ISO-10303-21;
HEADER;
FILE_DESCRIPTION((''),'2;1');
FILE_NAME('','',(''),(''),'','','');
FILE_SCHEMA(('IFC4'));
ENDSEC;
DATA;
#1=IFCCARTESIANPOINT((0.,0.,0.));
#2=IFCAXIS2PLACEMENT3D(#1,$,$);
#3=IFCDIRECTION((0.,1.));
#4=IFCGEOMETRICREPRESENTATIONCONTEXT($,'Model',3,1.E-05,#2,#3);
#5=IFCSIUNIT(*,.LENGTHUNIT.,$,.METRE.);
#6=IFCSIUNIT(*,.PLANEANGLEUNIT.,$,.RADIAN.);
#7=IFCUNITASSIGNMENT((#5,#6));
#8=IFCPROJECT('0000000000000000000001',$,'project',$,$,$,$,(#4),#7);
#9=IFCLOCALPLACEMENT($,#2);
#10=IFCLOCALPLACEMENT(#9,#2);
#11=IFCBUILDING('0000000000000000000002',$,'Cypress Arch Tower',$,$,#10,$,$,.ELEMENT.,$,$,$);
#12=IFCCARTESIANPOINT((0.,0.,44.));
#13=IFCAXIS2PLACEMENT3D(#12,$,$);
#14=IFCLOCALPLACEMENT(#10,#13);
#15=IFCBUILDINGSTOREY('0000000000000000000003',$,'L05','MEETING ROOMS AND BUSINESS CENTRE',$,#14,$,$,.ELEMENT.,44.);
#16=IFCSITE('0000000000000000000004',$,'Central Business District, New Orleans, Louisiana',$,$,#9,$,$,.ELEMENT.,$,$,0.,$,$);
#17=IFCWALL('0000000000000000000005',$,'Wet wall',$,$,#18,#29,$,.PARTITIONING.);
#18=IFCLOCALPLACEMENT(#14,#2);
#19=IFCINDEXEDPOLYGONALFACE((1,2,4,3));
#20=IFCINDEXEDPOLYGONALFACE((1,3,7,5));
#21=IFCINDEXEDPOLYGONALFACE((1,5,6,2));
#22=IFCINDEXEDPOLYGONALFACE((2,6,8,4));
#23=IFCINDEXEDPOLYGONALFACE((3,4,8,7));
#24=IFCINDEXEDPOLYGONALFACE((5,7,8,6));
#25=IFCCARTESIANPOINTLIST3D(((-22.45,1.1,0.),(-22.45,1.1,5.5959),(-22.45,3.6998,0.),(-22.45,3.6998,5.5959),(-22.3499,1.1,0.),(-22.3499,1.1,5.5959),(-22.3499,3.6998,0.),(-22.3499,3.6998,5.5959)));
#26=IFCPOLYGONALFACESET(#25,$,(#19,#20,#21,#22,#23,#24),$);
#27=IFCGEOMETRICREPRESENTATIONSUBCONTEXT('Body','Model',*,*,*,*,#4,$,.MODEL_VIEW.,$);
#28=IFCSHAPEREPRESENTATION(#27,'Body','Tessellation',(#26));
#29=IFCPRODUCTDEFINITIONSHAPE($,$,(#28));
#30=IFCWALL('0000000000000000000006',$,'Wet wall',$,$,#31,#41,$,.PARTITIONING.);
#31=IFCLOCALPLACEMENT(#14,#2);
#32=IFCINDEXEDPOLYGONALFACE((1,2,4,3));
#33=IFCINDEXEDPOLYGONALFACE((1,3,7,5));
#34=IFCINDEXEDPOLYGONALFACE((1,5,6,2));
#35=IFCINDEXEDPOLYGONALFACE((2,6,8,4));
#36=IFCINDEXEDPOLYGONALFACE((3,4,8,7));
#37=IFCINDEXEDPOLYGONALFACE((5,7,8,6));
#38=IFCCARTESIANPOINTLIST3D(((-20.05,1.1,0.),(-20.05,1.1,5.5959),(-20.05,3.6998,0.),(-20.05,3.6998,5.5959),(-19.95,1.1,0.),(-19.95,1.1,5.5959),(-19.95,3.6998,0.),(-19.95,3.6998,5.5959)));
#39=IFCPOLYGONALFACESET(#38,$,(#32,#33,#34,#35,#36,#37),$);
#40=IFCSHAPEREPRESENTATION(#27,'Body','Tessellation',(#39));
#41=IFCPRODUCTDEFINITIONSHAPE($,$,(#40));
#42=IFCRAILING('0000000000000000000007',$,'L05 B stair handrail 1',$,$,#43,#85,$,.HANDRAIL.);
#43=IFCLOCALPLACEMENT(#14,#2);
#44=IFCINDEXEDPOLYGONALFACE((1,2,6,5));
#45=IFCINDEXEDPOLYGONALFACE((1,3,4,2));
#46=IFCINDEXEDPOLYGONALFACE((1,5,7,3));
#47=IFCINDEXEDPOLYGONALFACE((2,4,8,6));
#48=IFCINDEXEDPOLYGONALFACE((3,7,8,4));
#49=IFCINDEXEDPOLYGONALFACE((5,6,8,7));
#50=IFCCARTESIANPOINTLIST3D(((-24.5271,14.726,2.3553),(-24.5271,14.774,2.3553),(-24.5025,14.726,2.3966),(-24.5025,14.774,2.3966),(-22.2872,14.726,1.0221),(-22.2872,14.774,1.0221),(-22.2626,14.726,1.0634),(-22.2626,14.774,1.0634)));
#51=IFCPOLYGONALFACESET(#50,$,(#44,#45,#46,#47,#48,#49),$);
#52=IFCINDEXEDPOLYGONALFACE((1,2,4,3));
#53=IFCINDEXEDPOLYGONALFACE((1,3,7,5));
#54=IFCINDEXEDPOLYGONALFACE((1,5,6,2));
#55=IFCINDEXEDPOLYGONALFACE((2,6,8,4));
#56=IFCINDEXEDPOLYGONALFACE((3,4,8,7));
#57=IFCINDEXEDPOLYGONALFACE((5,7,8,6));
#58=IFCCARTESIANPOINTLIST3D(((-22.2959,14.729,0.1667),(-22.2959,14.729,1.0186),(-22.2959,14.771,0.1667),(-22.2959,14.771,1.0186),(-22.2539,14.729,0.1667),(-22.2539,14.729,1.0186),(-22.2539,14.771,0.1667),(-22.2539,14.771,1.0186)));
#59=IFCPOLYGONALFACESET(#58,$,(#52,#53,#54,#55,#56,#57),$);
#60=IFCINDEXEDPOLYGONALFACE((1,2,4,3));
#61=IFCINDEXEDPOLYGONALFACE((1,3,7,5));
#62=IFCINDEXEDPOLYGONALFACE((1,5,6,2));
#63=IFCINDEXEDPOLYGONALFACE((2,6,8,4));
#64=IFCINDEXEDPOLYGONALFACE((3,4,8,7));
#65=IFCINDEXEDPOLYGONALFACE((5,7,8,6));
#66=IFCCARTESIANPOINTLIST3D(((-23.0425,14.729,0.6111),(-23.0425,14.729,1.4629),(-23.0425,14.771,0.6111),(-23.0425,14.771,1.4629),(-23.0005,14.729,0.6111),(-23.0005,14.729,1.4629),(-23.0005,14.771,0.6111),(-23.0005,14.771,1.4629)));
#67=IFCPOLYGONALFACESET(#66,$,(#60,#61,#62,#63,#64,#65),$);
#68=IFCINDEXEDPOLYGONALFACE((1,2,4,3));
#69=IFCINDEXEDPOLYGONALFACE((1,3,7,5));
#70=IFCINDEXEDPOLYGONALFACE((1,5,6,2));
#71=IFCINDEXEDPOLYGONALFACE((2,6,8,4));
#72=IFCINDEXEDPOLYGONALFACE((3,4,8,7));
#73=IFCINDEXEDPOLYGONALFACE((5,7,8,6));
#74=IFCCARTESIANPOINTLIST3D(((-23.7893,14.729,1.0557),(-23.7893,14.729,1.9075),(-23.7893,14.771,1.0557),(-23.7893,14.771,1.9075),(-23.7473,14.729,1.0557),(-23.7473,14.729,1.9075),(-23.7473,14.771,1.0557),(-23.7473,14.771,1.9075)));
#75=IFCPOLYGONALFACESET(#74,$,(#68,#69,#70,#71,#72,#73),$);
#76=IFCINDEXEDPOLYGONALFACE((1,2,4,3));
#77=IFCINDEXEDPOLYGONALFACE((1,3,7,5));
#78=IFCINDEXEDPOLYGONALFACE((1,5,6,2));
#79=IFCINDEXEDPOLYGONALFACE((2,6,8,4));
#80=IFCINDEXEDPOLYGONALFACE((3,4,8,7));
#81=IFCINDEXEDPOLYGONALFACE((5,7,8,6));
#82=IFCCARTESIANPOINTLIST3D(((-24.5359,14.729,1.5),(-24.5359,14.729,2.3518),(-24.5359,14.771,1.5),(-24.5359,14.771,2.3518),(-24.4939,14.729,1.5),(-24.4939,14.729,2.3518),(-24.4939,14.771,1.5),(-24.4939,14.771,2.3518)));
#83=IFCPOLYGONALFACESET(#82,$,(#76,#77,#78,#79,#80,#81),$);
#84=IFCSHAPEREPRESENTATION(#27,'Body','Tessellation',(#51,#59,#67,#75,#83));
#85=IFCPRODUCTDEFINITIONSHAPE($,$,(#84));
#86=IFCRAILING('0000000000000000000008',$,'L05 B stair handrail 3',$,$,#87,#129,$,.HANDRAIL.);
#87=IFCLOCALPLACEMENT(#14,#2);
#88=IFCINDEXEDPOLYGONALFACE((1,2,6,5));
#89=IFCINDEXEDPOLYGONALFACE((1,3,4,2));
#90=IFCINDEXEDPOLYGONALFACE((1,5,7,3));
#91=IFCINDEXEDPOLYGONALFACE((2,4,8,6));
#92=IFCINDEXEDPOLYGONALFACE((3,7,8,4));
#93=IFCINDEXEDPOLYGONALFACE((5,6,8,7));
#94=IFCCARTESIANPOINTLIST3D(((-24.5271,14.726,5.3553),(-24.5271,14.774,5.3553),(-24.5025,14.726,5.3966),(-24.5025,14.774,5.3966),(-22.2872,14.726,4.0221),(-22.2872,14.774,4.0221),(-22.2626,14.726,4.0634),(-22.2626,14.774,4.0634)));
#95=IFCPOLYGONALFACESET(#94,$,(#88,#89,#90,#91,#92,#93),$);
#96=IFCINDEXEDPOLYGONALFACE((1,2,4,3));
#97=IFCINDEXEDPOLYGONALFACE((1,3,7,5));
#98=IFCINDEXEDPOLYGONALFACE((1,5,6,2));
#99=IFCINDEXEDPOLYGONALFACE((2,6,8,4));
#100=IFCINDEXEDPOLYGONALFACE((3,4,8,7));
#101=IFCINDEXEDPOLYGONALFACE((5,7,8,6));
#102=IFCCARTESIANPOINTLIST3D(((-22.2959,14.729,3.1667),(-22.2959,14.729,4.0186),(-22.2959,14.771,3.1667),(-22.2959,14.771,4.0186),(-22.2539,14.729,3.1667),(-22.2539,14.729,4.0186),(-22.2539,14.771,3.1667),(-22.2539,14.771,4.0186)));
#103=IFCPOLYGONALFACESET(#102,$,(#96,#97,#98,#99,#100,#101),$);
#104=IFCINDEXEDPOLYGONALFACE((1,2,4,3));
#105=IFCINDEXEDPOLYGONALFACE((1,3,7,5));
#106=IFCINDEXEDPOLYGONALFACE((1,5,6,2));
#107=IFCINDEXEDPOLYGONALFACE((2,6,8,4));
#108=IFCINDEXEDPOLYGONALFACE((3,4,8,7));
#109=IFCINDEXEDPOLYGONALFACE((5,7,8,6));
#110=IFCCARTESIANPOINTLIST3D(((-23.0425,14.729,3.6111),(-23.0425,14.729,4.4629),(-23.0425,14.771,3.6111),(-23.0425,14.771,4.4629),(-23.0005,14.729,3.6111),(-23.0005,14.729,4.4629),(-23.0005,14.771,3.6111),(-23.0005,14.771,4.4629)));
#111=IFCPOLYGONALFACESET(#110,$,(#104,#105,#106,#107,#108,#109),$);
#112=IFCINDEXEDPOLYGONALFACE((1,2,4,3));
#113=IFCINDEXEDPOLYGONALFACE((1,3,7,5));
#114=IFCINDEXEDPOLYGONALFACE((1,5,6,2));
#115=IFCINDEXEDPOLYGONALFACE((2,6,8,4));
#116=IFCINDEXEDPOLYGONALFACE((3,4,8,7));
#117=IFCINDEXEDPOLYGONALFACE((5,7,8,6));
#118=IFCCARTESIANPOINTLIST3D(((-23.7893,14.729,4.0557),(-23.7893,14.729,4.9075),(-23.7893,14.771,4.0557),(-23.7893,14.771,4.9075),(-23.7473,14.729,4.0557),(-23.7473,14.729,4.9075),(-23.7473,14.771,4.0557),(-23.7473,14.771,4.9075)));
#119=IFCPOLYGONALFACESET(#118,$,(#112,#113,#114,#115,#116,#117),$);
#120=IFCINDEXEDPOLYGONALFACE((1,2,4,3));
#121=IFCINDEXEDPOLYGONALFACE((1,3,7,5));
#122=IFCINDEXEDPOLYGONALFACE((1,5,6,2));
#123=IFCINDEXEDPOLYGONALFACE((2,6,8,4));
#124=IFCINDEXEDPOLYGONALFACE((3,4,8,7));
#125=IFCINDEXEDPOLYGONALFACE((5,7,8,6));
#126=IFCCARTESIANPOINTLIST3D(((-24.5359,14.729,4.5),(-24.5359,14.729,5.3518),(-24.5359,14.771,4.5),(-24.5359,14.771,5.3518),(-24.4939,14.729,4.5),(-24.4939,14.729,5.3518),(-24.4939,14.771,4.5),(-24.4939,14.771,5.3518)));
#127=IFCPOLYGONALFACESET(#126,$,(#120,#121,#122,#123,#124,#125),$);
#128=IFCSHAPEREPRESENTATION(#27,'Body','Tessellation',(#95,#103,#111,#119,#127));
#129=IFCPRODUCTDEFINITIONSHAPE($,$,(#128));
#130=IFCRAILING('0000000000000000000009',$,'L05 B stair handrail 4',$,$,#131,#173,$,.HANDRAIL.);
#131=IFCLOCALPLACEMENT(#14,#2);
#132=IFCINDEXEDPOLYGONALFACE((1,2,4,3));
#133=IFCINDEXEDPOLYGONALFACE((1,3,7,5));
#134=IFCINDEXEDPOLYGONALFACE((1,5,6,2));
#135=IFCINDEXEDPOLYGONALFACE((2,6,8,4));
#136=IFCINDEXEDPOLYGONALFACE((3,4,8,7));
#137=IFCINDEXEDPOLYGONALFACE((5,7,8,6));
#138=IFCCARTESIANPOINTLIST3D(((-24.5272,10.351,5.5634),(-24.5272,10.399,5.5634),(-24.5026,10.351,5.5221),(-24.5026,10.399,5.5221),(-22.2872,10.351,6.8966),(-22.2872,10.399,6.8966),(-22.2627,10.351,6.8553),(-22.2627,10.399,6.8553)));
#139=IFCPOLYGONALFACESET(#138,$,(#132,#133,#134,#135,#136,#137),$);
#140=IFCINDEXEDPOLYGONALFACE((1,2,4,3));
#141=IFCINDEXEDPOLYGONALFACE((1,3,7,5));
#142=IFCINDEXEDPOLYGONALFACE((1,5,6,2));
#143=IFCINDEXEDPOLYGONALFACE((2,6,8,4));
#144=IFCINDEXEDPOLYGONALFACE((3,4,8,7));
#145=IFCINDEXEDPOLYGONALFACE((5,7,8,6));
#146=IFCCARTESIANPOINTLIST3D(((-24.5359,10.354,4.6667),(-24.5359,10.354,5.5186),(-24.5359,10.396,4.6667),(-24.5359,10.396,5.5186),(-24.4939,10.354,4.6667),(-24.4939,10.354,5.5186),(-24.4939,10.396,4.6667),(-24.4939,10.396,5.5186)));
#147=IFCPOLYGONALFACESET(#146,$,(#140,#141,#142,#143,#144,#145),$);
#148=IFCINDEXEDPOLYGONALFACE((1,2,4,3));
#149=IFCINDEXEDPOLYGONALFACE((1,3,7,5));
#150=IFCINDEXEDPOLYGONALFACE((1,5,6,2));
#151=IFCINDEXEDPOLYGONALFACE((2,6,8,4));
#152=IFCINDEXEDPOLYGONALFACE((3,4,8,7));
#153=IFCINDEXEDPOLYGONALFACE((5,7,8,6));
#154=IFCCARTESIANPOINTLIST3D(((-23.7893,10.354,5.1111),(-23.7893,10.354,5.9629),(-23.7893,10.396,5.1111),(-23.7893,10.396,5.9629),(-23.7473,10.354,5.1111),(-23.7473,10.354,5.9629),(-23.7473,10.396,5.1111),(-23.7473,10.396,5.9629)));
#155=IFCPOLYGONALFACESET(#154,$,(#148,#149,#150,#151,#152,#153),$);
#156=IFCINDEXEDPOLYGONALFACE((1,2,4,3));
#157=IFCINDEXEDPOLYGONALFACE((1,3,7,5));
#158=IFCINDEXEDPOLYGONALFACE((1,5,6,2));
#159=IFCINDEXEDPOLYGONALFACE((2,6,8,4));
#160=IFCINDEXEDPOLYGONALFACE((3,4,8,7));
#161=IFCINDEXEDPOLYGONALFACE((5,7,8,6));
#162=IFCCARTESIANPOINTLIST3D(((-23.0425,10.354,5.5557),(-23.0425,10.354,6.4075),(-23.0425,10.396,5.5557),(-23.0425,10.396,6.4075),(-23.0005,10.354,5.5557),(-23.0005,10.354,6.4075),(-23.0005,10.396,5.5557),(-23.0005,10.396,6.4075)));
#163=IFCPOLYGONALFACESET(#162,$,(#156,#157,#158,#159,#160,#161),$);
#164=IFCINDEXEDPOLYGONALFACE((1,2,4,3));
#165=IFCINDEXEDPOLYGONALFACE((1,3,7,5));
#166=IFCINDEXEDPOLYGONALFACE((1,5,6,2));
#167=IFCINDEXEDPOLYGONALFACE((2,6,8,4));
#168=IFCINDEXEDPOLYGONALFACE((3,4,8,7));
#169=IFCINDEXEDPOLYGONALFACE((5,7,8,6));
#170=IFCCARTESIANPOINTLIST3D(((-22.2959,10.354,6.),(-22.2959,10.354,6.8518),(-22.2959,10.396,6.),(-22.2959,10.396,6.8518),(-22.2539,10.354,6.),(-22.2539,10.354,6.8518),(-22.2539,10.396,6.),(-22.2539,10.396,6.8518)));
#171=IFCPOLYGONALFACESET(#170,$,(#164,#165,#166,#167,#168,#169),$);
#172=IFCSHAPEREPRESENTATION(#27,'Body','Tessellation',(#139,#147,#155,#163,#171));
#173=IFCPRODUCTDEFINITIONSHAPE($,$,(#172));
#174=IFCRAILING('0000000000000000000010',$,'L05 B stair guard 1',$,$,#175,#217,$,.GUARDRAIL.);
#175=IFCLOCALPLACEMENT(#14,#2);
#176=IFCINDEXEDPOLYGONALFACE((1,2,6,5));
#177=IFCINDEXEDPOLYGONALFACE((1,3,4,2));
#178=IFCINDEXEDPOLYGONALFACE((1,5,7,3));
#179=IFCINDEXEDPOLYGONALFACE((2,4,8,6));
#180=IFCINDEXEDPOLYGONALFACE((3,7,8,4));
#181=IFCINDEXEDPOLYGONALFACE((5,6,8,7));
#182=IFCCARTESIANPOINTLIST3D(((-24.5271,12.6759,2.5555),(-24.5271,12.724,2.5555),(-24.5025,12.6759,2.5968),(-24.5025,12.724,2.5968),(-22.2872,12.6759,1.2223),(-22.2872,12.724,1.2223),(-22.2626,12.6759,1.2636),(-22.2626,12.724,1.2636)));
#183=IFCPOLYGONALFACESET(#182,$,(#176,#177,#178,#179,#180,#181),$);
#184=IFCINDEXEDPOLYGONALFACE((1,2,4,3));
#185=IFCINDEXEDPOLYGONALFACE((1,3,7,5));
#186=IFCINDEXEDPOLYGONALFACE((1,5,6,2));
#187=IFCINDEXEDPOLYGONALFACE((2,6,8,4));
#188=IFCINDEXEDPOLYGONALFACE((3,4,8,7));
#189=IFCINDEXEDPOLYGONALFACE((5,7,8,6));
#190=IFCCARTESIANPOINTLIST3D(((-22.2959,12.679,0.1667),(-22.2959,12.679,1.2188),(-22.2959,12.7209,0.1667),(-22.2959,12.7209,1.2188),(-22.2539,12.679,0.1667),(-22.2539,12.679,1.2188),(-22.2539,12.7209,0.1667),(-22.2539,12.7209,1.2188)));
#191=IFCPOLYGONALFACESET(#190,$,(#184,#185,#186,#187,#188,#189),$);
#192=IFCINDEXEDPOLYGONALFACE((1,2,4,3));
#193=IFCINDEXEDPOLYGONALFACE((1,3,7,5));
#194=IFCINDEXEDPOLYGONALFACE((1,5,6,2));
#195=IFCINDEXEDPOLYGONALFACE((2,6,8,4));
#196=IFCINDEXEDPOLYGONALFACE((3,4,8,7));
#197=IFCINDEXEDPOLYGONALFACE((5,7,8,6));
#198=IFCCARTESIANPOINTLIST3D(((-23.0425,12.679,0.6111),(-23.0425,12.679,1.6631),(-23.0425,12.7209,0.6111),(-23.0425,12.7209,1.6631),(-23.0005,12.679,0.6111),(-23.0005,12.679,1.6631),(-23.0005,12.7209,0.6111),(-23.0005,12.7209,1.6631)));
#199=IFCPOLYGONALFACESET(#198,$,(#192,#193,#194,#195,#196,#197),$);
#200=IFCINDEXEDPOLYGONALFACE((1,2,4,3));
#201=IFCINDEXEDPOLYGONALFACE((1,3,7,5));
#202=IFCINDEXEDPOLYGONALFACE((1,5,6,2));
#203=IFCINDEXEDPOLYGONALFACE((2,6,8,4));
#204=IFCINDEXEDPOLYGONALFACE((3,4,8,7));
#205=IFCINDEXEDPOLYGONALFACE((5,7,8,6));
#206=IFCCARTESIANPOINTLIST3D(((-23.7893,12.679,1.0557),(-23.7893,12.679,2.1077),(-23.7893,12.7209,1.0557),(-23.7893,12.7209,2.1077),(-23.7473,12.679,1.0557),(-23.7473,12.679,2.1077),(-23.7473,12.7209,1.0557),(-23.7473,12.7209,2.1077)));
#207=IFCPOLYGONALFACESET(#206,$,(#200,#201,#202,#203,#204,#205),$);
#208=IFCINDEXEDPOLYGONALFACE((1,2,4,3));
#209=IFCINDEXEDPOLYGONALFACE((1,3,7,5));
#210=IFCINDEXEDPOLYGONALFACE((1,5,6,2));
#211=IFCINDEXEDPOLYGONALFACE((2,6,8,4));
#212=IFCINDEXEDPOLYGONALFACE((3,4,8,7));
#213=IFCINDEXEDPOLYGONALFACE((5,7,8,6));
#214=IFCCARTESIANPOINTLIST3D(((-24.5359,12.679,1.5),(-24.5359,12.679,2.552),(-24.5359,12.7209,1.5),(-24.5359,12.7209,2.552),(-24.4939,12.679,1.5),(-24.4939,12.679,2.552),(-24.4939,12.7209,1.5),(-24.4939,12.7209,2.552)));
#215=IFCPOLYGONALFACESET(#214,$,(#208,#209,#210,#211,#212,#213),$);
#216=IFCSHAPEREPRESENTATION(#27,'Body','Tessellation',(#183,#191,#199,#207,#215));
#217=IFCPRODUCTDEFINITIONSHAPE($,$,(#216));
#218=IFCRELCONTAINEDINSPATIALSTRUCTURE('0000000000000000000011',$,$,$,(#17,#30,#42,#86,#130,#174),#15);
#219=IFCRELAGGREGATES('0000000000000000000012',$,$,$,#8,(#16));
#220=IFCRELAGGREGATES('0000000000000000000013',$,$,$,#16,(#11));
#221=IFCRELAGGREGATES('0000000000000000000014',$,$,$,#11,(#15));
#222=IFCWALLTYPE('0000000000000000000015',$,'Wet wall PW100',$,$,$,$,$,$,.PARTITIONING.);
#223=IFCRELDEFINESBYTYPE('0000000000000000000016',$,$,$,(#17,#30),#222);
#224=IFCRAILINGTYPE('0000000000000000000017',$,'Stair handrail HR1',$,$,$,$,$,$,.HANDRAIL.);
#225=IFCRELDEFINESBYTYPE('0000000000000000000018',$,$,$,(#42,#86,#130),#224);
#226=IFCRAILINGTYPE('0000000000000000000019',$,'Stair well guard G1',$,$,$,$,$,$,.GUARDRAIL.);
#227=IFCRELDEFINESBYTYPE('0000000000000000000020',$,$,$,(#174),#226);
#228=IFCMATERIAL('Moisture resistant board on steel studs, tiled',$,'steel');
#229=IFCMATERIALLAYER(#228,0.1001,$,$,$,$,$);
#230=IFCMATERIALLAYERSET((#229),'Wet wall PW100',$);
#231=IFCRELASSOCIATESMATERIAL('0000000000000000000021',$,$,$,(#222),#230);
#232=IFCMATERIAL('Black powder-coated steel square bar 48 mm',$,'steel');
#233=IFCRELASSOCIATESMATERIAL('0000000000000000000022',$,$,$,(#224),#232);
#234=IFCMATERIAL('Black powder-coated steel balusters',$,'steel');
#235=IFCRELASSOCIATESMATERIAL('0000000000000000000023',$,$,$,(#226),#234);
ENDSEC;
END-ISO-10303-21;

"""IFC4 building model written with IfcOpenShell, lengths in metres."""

from ifc_helpers import new_model, si_unit, direction, frame, frame_2d, origin, origin_2d, place, context, subcontext, project, spatial, rectangle, extrude, material, layer, layer_set, type_object, element, save


model = new_model("IFC4")

# Units and contexts
model_context = context("Model", 3, precision=1e-05, world=origin(), true_north=direction((0.0, 1.0)))
body_context = subcontext(model_context, "Body", "Model", "MODEL_VIEW")
ifc_project = project(units=[si_unit("LENGTHUNIT", "METRE"), si_unit("PLANEANGLEUNIT", "RADIAN")], contexts=[model_context])

# Site, building, storey
site_placement = place(None, origin())
site = spatial("IfcSite", under=ifc_project, at=site_placement, Name="Central Business District, New Orleans, Louisiana", CompositionType="ELEMENT", RefElevation=0.0)
building_placement = place(site_placement, origin())
building = spatial("IfcBuilding", under=site, at=building_placement, Name="Cypress Arch Tower", CompositionType="ELEMENT")
storey_placement = place(building_placement, frame((0.0, 0.0, 44.0)))
storey = spatial("IfcBuildingStorey", under=building, at=storey_placement, Name="L05", Description="MEETING ROOMS AND BUSINESS CENTRE", CompositionType="ELEMENT", Elevation=44.0)

# Walls
ifc_material_1 = material(Name="Moisture resistant board on steel studs, tiled", Category="steel")
ifc_layer_1 = layer(ifc_material_1, 0.1001)
ifc_layer_set_1 = layer_set([ifc_layer_1], Name="Wet wall PW100")
wall_type_1 = type_object("IfcWallType", Name="Wet wall PW100", PredefinedType="PARTITIONING", material=ifc_layer_set_1)
for number, where, z_axis, x_axis, name in (
    (1, (-22.3999, 1.1001, 0.0), (0.0, 0.0, 1.0), (0.0, 1.0, 0.0), "Wet wall"),
    (2, (-20.0, 1.1001, 0.0), (0.0, 0.0, 1.0), (0.0, 1.0, 0.0), "Wet wall"),
):
    element("IfcWall", number, at=place(storey_placement, frame(where, z_axis=z_axis, x_axis=x_axis)), inside=storey, type_object=wall_type_1, Name=name, PredefinedType="PARTITIONING", context=body_context, shape_type="SweptSolid", body=[
        extrude(rectangle(XDim=2.5999, YDim=0.1001, at=frame_2d((1.2998, 0.0))), origin(), (0.0, 0.0, 1.0), 5.5959),
    ])

# Railings
ifc_material_2 = material(Name="Black powder-coated steel square bar 48 mm", Category="steel")
railing_type_1 = type_object("IfcRailingType", Name="Stair handrail HR1", PredefinedType="HANDRAIL", material=ifc_material_2)
for number, where, name in (
    (3, (-22.2749, 14.75, 0.1667), "L05 B stair handrail 1"),
    (4, (-22.2749, 14.75, 3.1667), "L05 B stair handrail 3"),
):
    element("IfcRailing", number, at=place(storey_placement, frame(where)), inside=storey, type_object=railing_type_1, Name=name, PredefinedType="HANDRAIL", context=body_context, shape_type="SweptSolid", body=[
        extrude(rectangle(XDim=0.0481, YDim=0.0481, at=origin_2d()), frame((0.0, 0.0, 0.876), z_axis=(-0.859306, 0.0, 0.511462), x_axis=(0.0, -1.0, 0.0)), (0.0, 0.0, 1.0), 2.6067),
        extrude(rectangle(XDim=0.042, YDim=0.042, at=origin_2d()), origin(), (0.0, 0.0, 1.0), 0.8518),
        extrude(rectangle(XDim=0.042, YDim=0.042, at=origin_2d()), frame((-0.7466, 0.0, 0.4443)), (0.0, 0.0, 1.0), 0.8518),
        extrude(rectangle(XDim=0.042, YDim=0.042, at=origin_2d()), frame((-1.4934, 0.0, 0.8889)), (0.0, 0.0, 1.0), 0.8518),
        extrude(rectangle(XDim=0.042, YDim=0.042, at=origin_2d()), frame((-2.24, 0.0, 1.3333)), (0.0, 0.0, 1.0), 0.8518),
    ])
railing_1_placement = place(storey_placement, frame((-24.5149, 10.375, 4.6667)))
element("IfcRailing", 5, at=railing_1_placement, inside=storey, type_object=railing_type_1, Name="L05 B stair handrail 4", PredefinedType="HANDRAIL", context=body_context, shape_type="SweptSolid", body=[
    extrude(rectangle(XDim=0.0481, YDim=0.0481, at=origin_2d()), frame((0.0, 0.0, 0.876), z_axis=(0.859306, 0.0, 0.511462), x_axis=(0.0, 1.0, 0.0)), (0.0, 0.0, 1.0), 2.6067),
    extrude(rectangle(XDim=0.042, YDim=0.042, at=origin_2d()), origin(), (0.0, 0.0, 1.0), 0.8518),
    extrude(rectangle(XDim=0.042, YDim=0.042, at=origin_2d()), frame((0.7466, 0.0, 0.4443)), (0.0, 0.0, 1.0), 0.8518),
    extrude(rectangle(XDim=0.042, YDim=0.042, at=origin_2d()), frame((1.4934, 0.0, 0.8889)), (0.0, 0.0, 1.0), 0.8518),
    extrude(rectangle(XDim=0.042, YDim=0.042, at=origin_2d()), frame((2.24, 0.0, 1.3333)), (0.0, 0.0, 1.0), 0.8518),
])
ifc_material_3 = material(Name="Black powder-coated steel balusters", Category="steel")
railing_type_2 = type_object("IfcRailingType", Name="Stair well guard G1", PredefinedType="GUARDRAIL", material=ifc_material_3)
railing_2_placement = place(storey_placement, frame((-22.2749, 12.7, 0.1667)))
element("IfcRailing", 6, at=railing_2_placement, inside=storey, type_object=railing_type_2, Name="L05 B stair guard 1", PredefinedType="GUARDRAIL", context=body_context, shape_type="SweptSolid", body=[
    extrude(rectangle(XDim=0.0481, YDim=0.0481, at=origin_2d()), frame((0.0, 0.0, 1.0762), z_axis=(-0.859306, 0.0, 0.511462), x_axis=(0.0, -1.0, 0.0)), (0.0, 0.0, 1.0), 2.6067),
    extrude(rectangle(XDim=0.042, YDim=0.042, at=origin_2d()), origin(), (0.0, 0.0, 1.0), 1.052),
    extrude(rectangle(XDim=0.042, YDim=0.042, at=origin_2d()), frame((-0.7466, 0.0, 0.4443)), (0.0, 0.0, 1.0), 1.052),
    extrude(rectangle(XDim=0.042, YDim=0.042, at=origin_2d()), frame((-1.4934, 0.0, 0.8889)), (0.0, 0.0, 1.0), 1.052),
    extrude(rectangle(XDim=0.042, YDim=0.042, at=origin_2d()), frame((-2.24, 0.0, 1.3333)), (0.0, 0.0, 1.0), 1.052),
])

save(model, "model.ifc")
